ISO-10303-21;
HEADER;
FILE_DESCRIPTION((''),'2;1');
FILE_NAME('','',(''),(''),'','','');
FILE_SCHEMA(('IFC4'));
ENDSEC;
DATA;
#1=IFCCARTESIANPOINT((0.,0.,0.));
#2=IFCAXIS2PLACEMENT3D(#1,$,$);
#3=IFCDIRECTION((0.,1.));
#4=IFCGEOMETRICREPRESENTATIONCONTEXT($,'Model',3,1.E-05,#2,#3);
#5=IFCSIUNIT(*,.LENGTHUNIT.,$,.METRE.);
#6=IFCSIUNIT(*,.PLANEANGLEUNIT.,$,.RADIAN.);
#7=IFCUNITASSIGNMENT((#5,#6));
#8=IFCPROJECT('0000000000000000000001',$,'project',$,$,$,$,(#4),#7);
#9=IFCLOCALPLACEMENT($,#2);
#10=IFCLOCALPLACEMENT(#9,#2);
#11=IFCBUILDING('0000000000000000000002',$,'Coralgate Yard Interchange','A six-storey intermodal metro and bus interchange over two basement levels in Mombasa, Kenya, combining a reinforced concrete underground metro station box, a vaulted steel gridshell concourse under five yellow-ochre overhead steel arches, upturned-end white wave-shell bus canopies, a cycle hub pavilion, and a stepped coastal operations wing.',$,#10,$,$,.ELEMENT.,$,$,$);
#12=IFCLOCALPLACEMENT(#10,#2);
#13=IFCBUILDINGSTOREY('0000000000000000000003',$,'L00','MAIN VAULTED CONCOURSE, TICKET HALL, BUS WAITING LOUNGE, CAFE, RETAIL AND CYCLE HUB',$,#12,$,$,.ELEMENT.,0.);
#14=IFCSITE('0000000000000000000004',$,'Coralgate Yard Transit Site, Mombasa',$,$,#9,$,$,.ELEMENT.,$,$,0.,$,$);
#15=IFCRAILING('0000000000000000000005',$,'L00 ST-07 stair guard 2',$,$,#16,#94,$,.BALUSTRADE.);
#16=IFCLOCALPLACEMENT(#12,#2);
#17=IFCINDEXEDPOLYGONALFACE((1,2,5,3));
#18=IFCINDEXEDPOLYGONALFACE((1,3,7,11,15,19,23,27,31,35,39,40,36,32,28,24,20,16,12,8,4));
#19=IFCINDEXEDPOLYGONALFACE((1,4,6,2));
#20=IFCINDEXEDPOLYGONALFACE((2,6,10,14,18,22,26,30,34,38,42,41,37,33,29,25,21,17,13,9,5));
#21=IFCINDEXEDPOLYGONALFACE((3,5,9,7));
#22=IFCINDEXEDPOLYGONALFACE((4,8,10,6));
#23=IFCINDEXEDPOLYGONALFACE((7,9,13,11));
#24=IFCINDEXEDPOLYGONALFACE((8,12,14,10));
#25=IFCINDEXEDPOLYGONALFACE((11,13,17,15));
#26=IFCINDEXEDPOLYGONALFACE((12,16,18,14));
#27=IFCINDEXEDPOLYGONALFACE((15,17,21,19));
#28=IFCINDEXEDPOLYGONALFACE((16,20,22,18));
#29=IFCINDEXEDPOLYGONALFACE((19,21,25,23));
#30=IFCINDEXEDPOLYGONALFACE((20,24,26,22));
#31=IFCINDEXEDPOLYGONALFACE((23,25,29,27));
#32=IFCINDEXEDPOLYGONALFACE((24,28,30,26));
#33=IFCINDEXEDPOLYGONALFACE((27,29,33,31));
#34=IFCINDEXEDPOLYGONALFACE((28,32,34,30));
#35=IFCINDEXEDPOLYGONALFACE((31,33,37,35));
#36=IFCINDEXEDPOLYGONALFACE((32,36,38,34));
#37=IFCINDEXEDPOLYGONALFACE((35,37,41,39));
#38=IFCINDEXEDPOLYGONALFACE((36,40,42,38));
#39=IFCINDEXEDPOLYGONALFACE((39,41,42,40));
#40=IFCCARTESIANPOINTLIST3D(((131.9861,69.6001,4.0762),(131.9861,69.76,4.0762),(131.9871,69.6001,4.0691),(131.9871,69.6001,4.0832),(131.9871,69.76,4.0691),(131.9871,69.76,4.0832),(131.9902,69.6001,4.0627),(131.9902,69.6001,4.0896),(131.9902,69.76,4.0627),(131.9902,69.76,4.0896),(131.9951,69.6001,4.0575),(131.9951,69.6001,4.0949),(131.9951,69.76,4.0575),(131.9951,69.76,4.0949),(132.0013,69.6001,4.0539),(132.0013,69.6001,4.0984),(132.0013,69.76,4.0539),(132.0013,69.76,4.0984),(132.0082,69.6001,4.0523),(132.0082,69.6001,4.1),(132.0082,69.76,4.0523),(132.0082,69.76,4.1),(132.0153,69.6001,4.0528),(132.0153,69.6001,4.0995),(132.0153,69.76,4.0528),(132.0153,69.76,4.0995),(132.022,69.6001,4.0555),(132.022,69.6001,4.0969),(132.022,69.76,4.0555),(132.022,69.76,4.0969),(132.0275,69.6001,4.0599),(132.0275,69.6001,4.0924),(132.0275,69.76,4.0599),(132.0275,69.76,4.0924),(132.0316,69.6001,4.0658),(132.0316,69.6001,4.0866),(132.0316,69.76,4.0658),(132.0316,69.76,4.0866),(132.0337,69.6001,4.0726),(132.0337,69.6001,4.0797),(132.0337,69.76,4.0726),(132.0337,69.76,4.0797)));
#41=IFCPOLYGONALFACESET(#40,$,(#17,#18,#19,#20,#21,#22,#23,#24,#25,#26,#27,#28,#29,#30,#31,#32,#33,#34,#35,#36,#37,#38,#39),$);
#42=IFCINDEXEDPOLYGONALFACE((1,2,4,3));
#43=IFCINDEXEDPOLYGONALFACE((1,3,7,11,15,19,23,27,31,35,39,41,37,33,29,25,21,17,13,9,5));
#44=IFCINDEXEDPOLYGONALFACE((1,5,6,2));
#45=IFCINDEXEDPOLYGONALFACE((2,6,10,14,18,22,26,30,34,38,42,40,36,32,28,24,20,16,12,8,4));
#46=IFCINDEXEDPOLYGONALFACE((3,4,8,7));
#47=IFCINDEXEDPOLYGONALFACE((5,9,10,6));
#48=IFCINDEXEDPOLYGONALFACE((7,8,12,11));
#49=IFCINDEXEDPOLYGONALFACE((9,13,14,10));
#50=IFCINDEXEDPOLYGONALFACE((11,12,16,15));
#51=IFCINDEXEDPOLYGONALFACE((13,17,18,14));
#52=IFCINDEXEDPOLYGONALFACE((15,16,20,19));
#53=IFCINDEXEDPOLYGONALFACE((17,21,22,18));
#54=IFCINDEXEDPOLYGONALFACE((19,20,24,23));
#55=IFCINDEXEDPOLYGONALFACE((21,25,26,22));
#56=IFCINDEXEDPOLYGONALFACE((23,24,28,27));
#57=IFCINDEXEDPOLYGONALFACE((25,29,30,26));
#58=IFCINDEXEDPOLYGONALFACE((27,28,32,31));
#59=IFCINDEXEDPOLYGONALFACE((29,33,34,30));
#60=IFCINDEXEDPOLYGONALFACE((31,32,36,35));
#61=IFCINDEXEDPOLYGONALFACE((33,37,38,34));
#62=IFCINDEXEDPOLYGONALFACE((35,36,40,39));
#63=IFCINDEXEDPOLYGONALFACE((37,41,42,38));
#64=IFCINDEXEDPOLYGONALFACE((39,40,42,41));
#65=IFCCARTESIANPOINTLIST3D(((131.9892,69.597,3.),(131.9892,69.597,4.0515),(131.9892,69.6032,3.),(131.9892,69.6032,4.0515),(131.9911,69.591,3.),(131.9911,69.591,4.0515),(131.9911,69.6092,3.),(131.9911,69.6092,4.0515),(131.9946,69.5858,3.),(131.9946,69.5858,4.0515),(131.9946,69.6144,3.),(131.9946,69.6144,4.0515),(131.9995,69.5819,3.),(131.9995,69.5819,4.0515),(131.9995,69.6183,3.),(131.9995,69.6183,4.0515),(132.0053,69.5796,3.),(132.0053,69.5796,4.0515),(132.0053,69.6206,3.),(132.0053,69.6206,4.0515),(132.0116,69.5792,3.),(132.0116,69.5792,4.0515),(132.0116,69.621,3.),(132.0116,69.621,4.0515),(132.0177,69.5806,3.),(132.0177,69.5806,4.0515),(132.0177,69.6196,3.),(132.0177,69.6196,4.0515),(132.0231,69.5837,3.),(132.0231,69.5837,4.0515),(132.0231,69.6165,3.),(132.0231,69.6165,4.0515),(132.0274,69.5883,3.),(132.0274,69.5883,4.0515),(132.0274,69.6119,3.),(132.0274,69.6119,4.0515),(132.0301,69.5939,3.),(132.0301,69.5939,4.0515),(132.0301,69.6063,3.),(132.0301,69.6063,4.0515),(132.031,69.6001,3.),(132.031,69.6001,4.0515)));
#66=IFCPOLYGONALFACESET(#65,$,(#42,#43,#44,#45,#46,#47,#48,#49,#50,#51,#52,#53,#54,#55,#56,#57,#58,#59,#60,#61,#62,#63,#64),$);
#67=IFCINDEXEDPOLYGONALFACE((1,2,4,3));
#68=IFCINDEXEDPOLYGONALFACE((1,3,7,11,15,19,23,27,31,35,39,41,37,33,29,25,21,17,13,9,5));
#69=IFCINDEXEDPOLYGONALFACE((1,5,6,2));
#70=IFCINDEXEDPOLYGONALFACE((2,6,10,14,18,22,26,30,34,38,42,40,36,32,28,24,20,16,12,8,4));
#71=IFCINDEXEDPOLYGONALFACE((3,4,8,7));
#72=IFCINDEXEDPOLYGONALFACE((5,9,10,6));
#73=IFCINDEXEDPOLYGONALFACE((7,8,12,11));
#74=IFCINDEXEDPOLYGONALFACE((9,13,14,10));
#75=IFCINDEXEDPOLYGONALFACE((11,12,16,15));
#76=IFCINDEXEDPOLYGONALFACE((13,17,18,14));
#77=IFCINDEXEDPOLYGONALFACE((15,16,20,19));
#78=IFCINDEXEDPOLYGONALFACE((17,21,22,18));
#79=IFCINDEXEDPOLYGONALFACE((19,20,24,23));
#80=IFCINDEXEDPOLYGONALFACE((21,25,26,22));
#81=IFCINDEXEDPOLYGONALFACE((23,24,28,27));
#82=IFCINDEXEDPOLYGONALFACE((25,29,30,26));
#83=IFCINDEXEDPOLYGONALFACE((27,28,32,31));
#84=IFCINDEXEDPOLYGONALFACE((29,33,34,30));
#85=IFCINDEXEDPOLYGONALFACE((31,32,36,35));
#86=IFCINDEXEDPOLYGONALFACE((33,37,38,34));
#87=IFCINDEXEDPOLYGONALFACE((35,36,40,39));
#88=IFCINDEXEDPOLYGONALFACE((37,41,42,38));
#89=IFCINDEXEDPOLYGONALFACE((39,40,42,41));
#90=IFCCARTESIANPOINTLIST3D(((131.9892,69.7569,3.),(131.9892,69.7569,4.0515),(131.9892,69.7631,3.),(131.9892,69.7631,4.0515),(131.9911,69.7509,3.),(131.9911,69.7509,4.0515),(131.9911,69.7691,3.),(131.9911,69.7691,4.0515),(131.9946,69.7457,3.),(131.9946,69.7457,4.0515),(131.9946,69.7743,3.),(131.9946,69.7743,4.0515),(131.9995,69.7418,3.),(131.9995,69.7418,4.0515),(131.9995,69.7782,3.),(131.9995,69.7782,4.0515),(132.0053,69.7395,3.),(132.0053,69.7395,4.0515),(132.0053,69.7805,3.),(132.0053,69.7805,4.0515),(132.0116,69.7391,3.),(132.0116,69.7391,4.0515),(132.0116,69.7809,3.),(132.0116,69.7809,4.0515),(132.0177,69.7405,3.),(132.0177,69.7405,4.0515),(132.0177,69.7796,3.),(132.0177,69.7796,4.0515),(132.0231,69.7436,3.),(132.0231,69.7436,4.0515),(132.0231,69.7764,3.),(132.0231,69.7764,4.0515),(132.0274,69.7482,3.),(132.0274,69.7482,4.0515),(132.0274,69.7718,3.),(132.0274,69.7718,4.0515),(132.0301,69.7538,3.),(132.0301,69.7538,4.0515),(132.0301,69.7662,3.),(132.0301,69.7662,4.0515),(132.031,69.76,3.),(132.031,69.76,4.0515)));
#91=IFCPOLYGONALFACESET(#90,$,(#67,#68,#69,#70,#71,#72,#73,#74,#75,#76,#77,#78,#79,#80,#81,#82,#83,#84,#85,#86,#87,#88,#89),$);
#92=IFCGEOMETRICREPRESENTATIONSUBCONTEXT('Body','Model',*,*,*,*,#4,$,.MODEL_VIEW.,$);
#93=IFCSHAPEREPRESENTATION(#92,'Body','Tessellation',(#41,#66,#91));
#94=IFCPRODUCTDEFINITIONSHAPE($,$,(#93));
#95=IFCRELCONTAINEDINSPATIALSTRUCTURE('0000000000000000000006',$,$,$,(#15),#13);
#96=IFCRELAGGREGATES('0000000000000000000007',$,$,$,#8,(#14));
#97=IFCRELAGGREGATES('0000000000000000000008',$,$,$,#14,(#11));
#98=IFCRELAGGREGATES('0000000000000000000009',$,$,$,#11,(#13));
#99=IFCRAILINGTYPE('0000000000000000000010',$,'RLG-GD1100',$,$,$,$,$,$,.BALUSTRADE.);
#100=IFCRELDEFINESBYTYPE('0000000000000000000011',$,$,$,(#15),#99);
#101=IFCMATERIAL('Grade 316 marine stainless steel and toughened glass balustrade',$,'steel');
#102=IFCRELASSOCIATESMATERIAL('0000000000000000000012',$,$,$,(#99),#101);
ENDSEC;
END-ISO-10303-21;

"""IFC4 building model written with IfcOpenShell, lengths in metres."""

from ifc_helpers import new_model, si_unit, direction, frame, origin, origin_2d, place, context, subcontext, project, spatial, circle, extrude, material, type_object, element, save


model = new_model("IFC4")

# Units and contexts
model_context = context("Model", 3, precision=1e-05, world=origin(), true_north=direction((0.0, 1.0)))
body_context = subcontext(model_context, "Body", "Model", "MODEL_VIEW")
ifc_project = project(units=[si_unit("LENGTHUNIT", "METRE"), si_unit("PLANEANGLEUNIT", "RADIAN")], contexts=[model_context])

# Site, building, storey
site_placement = place(None, origin())
site = spatial("IfcSite", under=ifc_project, at=site_placement, Name="Coralgate Yard Transit Site, Mombasa", CompositionType="ELEMENT", RefElevation=0.0)
building_placement = place(site_placement, origin())
building = spatial("IfcBuilding", under=site, at=building_placement, Name="Coralgate Yard Interchange", Description="A six-storey intermodal metro and bus interchange over two basement levels in Mombasa, Kenya, combining a reinforced concrete underground metro station box, a vaulted steel gridshell concourse under five yellow-ochre overhead steel arches, upturned-end white wave-shell bus canopies, a cycle hub pavilion, and a stepped coastal operations wing.", CompositionType="ELEMENT")
storey_placement = place(building_placement, origin())
storey = spatial("IfcBuildingStorey", under=building, at=storey_placement, Name="L00", Description="MAIN VAULTED CONCOURSE, TICKET HALL, BUS WAITING LOUNGE, CAFE, RETAIL AND CYCLE HUB", CompositionType="ELEMENT", Elevation=0.0)

# Railing
ifc_material_1 = material(Name="Grade 316 marine stainless steel and toughened glass balustrade", Category="steel")
railing_type_1 = type_object("IfcRailingType", Name="RLG-GD1100", PredefinedType="BALUSTRADE", material=ifc_material_1)
railing_1_placement = place(storey_placement, frame((132.01, 69.6001, 3.0)))
element("IfcRailing", 1, at=railing_1_placement, inside=storey, type_object=railing_type_1, Name="L00 ST-07 stair guard 2", PredefinedType="BALUSTRADE", context=body_context, shape_type="SweptSolid", body=[
    extrude(circle(Radius=0.0239, at=origin_2d()), frame((0.0, 0.0, 1.0762), z_axis=(0.0, 1.0, 0.0), x_axis=(-1.0, 0.0, 0.0)), (0.0, 0.0, 1.0), 0.1599),
    extrude(circle(Radius=0.021, at=origin_2d()), origin(), (0.0, 0.0, 1.0), 1.0515),
    extrude(circle(Radius=0.021, at=origin_2d()), frame((0.0, 0.1599, 0.0)), (0.0, 0.0, 1.0), 1.0515),
])

save(model, "model.ifc")
